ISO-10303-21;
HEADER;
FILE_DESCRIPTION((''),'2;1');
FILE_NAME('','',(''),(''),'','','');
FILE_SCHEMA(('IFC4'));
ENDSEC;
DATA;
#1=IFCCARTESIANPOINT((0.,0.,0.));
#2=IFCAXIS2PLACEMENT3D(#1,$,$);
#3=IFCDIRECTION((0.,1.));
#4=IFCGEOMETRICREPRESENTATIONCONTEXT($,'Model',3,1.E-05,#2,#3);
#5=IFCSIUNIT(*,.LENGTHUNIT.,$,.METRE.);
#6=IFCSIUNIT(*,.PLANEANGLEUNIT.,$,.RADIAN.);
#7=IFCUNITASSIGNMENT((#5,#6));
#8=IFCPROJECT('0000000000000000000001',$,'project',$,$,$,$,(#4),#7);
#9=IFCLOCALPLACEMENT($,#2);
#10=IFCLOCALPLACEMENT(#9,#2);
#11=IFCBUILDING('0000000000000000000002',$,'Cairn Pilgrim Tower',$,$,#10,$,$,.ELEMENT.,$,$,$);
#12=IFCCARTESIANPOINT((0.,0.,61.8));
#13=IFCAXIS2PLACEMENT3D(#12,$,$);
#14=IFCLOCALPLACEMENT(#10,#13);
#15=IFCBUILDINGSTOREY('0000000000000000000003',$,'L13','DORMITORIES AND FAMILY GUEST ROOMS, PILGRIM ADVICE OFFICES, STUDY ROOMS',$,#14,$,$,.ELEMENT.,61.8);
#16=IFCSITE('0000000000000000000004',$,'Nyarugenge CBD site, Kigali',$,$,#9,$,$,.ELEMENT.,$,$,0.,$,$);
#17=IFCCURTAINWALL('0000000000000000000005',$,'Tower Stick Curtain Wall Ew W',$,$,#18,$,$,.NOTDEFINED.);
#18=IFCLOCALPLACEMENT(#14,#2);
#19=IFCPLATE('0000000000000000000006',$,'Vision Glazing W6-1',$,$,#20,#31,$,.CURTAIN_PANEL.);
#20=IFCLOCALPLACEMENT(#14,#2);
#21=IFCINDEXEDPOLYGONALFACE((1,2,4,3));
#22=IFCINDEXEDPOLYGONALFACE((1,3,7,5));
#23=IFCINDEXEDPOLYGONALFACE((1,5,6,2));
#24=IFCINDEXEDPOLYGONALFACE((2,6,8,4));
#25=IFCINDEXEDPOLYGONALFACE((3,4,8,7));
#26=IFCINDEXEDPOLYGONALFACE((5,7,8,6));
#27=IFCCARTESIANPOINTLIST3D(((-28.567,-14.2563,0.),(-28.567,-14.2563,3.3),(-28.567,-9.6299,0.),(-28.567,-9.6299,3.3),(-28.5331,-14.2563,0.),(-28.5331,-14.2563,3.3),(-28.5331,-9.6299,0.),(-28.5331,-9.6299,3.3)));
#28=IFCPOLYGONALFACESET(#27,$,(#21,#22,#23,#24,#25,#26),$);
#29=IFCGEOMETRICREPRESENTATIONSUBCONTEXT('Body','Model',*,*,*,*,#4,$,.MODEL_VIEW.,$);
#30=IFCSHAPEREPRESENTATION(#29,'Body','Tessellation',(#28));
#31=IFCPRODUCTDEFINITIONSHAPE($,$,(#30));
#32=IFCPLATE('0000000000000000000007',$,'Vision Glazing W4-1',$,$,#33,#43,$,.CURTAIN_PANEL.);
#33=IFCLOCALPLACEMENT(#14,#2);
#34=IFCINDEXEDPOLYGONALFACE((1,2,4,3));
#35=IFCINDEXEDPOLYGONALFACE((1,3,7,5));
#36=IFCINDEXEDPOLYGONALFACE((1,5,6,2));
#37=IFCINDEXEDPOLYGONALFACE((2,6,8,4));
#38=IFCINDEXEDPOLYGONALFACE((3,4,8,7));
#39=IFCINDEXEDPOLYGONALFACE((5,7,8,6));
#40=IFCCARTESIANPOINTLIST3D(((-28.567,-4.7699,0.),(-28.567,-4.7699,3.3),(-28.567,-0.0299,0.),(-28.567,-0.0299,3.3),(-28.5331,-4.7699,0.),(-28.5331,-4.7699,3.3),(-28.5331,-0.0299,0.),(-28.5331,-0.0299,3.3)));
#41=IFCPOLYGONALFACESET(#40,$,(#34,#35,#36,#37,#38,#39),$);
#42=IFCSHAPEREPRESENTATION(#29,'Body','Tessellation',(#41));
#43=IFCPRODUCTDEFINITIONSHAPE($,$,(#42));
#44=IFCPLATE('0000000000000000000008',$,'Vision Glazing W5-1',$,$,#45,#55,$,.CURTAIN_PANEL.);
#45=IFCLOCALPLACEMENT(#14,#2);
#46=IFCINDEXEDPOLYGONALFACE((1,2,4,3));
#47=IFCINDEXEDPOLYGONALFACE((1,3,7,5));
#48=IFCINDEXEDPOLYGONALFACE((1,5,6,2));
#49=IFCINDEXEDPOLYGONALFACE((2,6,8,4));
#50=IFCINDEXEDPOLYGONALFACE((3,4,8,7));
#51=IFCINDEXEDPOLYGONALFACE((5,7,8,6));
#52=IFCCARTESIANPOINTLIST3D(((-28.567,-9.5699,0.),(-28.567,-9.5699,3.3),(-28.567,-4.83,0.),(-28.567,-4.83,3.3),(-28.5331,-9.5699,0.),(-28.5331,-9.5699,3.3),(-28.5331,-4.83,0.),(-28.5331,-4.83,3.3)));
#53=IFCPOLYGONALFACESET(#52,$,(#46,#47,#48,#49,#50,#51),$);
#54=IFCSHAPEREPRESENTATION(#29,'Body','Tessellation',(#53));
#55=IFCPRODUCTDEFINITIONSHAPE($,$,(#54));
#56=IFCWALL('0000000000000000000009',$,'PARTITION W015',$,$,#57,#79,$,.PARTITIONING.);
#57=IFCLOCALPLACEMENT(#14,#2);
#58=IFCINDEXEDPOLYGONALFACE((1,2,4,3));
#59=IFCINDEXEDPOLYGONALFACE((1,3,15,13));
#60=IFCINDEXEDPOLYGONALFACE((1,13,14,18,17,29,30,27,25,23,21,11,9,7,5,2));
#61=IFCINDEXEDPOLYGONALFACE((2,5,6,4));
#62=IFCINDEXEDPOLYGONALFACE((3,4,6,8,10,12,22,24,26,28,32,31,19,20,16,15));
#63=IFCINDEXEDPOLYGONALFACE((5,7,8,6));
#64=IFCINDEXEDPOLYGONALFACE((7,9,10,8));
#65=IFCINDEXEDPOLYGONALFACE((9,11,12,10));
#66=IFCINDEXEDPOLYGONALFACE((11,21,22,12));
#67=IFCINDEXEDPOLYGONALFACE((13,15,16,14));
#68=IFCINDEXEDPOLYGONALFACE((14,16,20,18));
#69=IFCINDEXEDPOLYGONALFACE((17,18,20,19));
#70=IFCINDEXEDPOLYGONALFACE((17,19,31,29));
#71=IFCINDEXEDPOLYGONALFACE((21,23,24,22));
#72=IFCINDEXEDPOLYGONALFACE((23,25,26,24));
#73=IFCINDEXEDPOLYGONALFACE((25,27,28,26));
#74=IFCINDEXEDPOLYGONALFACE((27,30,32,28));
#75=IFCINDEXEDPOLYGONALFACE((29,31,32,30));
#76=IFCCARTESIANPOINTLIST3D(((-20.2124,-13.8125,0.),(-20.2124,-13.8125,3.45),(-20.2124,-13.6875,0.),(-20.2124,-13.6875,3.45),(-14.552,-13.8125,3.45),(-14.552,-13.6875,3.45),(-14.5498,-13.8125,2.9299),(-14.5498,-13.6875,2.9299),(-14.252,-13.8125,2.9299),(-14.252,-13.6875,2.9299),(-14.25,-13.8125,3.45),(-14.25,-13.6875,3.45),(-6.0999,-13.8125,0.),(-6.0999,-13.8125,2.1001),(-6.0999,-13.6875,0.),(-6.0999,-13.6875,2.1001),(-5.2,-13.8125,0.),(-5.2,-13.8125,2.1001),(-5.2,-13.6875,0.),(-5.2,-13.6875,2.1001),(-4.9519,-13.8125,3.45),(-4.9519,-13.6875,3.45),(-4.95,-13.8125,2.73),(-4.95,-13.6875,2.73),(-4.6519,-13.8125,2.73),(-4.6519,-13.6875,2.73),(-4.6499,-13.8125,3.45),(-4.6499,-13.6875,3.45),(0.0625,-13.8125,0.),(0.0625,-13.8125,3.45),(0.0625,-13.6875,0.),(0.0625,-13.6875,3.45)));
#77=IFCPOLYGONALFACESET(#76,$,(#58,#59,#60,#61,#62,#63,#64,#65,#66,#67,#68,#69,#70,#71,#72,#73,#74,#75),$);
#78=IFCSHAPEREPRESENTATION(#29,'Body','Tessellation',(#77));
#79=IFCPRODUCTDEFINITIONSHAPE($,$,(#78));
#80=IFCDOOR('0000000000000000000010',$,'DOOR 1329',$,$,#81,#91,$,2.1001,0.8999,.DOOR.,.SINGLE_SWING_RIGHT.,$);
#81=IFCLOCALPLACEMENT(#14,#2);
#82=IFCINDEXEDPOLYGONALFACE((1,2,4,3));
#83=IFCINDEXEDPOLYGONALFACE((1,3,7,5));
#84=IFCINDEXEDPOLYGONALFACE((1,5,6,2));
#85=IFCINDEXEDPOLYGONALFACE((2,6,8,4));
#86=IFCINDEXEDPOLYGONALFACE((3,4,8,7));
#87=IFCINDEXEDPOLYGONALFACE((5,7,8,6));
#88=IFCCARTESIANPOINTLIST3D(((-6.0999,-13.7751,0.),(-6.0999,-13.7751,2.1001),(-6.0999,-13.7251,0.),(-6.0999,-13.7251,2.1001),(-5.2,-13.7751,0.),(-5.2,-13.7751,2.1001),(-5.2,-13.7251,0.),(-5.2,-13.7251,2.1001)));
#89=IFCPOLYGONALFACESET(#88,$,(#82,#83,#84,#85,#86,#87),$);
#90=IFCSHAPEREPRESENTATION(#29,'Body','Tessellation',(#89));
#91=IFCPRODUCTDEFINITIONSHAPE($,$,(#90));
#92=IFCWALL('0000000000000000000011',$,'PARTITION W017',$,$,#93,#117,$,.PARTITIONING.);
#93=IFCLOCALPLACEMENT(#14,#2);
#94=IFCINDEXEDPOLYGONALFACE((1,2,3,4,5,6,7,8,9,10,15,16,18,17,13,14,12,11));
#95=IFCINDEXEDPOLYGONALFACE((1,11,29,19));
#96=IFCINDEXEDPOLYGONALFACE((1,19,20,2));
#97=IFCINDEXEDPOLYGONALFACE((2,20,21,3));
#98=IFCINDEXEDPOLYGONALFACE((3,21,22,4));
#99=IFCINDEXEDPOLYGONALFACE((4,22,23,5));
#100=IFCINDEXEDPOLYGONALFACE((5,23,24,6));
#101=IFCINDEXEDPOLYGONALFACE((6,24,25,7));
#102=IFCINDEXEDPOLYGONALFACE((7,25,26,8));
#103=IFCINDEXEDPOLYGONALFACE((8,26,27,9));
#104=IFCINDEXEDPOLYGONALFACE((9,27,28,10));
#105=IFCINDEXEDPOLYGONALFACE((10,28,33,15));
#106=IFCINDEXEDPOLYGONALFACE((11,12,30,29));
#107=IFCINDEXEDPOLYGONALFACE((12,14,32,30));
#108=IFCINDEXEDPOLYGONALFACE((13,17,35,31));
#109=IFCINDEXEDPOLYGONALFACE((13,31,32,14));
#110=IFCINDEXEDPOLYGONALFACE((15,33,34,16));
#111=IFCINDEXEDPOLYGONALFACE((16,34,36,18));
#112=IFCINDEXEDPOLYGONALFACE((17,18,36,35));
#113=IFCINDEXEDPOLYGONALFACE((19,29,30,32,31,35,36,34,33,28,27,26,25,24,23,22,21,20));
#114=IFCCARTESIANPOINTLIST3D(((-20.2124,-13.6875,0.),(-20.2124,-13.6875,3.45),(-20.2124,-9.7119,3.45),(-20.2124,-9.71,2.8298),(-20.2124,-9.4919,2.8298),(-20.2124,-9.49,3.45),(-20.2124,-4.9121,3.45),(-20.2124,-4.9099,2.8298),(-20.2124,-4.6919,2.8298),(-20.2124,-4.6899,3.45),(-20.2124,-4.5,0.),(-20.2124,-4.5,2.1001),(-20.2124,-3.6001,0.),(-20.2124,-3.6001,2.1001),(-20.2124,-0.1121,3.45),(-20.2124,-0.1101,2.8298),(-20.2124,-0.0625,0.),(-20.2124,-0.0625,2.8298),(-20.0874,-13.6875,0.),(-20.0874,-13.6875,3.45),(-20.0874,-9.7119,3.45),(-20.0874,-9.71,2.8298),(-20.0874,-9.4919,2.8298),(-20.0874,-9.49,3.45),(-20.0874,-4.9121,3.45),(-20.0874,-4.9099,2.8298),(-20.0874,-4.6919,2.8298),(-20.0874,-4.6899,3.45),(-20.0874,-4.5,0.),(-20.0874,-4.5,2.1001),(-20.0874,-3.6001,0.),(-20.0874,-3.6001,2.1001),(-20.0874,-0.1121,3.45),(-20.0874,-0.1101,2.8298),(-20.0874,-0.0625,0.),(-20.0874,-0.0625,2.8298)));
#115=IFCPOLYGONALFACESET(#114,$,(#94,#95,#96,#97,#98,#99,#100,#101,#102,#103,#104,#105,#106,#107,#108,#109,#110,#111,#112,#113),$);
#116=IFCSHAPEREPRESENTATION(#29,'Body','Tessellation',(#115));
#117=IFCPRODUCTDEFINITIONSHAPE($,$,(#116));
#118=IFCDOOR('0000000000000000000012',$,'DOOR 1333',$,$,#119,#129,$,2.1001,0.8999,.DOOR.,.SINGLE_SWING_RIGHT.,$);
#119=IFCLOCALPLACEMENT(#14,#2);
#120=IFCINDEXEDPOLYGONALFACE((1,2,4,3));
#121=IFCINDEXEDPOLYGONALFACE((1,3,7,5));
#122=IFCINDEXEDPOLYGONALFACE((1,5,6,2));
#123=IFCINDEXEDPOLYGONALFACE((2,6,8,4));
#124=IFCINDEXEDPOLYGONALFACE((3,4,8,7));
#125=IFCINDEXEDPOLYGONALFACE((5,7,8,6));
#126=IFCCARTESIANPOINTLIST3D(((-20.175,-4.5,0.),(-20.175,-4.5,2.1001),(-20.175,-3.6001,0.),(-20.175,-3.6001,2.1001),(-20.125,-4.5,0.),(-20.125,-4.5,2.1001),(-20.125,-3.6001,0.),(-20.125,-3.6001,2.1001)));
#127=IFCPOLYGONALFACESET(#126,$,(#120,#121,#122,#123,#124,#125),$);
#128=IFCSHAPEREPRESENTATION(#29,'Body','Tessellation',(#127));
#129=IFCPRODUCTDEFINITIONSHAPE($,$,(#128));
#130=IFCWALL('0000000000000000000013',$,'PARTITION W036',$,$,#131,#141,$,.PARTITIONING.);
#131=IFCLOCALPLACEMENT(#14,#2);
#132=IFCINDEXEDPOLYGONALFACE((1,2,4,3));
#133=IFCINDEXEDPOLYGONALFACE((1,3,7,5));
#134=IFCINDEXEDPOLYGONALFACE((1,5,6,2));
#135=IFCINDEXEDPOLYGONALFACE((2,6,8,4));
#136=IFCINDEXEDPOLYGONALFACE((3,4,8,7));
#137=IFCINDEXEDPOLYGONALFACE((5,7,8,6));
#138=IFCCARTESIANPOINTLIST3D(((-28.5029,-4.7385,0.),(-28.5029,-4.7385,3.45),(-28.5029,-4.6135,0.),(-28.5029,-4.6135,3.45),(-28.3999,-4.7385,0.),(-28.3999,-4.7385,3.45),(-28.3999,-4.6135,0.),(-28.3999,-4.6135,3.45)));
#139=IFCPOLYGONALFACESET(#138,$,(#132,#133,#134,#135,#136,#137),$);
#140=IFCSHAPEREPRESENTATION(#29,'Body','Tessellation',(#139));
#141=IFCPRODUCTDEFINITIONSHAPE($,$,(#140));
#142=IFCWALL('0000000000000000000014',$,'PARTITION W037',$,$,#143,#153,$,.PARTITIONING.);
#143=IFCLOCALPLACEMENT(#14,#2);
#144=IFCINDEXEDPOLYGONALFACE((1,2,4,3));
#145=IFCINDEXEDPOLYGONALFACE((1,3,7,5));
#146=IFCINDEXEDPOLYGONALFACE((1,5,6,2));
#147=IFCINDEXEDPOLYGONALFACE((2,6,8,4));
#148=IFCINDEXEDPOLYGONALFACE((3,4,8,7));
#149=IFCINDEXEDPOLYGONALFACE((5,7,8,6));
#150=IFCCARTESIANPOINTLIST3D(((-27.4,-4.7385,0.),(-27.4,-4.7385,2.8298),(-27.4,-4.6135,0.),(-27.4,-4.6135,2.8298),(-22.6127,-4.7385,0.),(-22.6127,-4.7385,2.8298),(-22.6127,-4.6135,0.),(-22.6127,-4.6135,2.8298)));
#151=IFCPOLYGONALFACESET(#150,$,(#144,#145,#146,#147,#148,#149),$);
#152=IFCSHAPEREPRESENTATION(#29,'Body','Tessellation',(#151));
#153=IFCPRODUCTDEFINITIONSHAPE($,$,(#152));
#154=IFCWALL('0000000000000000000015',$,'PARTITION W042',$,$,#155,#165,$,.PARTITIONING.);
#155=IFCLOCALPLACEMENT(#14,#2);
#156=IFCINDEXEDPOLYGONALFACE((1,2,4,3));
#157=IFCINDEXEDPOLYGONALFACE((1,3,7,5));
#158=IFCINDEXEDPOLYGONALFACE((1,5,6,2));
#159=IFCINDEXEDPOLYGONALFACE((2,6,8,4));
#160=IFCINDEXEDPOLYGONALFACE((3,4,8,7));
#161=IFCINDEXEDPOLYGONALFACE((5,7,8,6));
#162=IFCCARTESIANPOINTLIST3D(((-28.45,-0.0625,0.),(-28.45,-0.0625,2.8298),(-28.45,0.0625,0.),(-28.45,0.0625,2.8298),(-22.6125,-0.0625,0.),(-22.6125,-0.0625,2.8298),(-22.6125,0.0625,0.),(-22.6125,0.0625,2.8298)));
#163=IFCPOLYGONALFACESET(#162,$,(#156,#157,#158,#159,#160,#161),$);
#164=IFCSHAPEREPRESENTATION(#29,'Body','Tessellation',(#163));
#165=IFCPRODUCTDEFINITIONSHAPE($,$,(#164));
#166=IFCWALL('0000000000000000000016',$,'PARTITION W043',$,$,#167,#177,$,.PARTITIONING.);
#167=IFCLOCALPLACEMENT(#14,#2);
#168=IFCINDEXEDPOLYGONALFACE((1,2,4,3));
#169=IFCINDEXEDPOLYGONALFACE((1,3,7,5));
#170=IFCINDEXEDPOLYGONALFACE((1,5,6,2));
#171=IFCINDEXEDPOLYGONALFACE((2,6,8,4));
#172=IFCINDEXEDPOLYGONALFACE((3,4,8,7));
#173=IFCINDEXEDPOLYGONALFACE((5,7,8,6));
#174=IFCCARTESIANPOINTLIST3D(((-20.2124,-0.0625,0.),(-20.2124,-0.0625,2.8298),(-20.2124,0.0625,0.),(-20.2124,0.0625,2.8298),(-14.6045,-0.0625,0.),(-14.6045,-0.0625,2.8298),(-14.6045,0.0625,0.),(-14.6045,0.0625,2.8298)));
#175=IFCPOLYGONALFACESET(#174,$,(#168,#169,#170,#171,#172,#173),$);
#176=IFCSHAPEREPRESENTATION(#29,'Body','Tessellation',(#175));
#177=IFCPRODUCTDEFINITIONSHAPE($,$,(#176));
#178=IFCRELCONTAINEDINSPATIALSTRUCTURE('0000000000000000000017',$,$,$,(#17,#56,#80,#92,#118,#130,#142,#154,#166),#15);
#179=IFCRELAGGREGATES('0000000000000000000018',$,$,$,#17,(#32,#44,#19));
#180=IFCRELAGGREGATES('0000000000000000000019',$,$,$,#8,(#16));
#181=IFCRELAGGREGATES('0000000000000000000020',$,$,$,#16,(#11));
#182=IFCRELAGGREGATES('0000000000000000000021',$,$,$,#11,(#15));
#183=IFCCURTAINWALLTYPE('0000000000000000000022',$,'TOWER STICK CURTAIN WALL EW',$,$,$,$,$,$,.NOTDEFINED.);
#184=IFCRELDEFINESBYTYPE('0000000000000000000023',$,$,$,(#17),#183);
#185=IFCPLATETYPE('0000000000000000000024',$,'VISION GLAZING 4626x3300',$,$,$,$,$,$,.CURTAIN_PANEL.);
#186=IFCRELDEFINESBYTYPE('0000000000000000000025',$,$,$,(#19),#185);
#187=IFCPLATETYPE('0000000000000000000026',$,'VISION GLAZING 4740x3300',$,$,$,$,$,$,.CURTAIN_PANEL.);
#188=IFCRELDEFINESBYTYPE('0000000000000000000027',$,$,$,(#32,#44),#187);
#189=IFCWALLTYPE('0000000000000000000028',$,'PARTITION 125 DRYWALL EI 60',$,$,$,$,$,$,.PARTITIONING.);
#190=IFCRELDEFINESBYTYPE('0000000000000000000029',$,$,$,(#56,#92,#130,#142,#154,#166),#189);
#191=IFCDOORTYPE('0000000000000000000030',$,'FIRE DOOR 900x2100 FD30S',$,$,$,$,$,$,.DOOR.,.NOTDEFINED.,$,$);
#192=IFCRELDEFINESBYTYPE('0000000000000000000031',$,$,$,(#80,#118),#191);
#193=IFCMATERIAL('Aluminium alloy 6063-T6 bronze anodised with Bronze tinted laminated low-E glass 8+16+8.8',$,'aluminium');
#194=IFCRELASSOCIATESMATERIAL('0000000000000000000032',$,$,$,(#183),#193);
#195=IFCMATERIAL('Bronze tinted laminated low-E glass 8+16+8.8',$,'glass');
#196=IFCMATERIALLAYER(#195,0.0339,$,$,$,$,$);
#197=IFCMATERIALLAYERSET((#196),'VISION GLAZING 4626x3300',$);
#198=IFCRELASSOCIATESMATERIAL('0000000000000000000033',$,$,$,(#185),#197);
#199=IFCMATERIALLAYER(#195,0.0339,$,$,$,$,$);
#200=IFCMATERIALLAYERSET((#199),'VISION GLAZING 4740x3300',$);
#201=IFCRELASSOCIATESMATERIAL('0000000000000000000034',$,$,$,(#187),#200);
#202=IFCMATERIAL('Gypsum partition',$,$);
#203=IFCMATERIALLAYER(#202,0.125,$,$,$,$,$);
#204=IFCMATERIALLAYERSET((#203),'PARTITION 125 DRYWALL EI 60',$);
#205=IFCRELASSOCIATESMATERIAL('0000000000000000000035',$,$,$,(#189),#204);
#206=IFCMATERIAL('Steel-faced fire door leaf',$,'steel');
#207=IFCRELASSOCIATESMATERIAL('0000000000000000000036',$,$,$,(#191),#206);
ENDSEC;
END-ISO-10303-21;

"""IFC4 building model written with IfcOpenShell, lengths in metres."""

from ifc_helpers import new_model, si_unit, direction, frame, frame_2d, origin, origin_2d, place, context, subcontext, project, spatial, polyline, rectangle, outline, extrude, material, layer, layer_set, type_object, element, fill, aggregate, save


model = new_model("IFC4")

# Units and contexts
model_context = context("Model", 3, precision=1e-05, world=origin(), true_north=direction((0.0, 1.0)))
body_context = subcontext(model_context, "Body", "Model", "MODEL_VIEW")
ifc_project = project(units=[si_unit("LENGTHUNIT", "METRE"), si_unit("PLANEANGLEUNIT", "RADIAN")], contexts=[model_context])

# Site, building, storey
site_placement = place(None, origin())
site = spatial("IfcSite", under=ifc_project, at=site_placement, Name="Nyarugenge CBD site, Kigali", CompositionType="ELEMENT", RefElevation=0.0)
building_placement = place(site_placement, origin())
building = spatial("IfcBuilding", under=site, at=building_placement, Name="Cairn Pilgrim Tower", CompositionType="ELEMENT")
storey_placement = place(building_placement, frame((0.0, 0.0, 61.8)))
storey = spatial("IfcBuildingStorey", under=building, at=storey_placement, Name="L13", Description="DORMITORIES AND FAMILY GUEST ROOMS, PILGRIM ADVICE OFFICES, STUDY ROOMS", CompositionType="ELEMENT", Elevation=61.8)

# Curtain wall
ifc_material_1 = material(Name="Aluminium alloy 6063-T6 bronze anodised with Bronze tinted laminated low-E glass 8+16+8.8", Category="aluminium")
curtain_wall_type_1 = type_object("IfcCurtainWallType", Name="TOWER STICK CURTAIN WALL EW", PredefinedType="NOTDEFINED", material=ifc_material_1)
curtain_wall_1_placement = place(storey_placement, origin())
curtain_wall_1 = element("IfcCurtainWall", 1, at=curtain_wall_1_placement, inside=storey, type_object=curtain_wall_type_1, Name="Tower Stick Curtain Wall Ew W", PredefinedType="NOTDEFINED")

# Plates
ifc_material_2 = material(Name="Bronze tinted laminated low-E glass 8+16+8.8", Category="glass")
ifc_layer_1 = layer(ifc_material_2, 0.0339)
ifc_layer_set_1 = layer_set([ifc_layer_1], Name="VISION GLAZING 4626x3300")
plate_type_1 = type_object("IfcPlateType", Name="VISION GLAZING 4626x3300", PredefinedType="CURTAIN_PANEL", material=ifc_layer_set_1)
plate_1_placement = place(storey_placement, frame((-28.55, -11.9431, 0.0), z_axis=(0.0, 0.0, 1.0), x_axis=(0.0, -1.0, 0.0)))
plate_1 = element("IfcPlate", 2, at=plate_1_placement, type_object=plate_type_1, Name="Vision Glazing W6-1", PredefinedType="CURTAIN_PANEL", context=body_context, shape_type="SweptSolid", body=[
    extrude(rectangle(XDim=4.6265, YDim=0.0339, at=origin_2d()), origin(), (0.0, 0.0, 1.0), 3.3),
])
ifc_layer_2 = layer(ifc_material_2, 0.0339)
ifc_layer_set_2 = layer_set([ifc_layer_2], Name="VISION GLAZING 4740x3300")
plate_type_2 = type_object("IfcPlateType", Name="VISION GLAZING 4740x3300", PredefinedType="CURTAIN_PANEL", material=ifc_layer_set_2)
plate_2_placement = place(storey_placement, frame((-28.55, -2.3999, 0.0), z_axis=(0.0, 0.0, 1.0), x_axis=(0.0, -1.0, 0.0)))
plate_2 = element("IfcPlate", 3, at=plate_2_placement, type_object=plate_type_2, Name="Vision Glazing W4-1", PredefinedType="CURTAIN_PANEL", context=body_context, shape_type="SweptSolid", body=[
    extrude(rectangle(XDim=4.74, YDim=0.0339, at=origin_2d()), origin(), (0.0, 0.0, 1.0), 3.3),
])
plate_3_placement = place(storey_placement, frame((-28.55, -7.2, 0.0), z_axis=(0.0, 0.0, 1.0), x_axis=(0.0, -1.0, 0.0)))
plate_3 = element("IfcPlate", 4, at=plate_3_placement, type_object=plate_type_2, Name="Vision Glazing W5-1", PredefinedType="CURTAIN_PANEL", context=body_context, shape_type="SweptSolid", body=[
    extrude(rectangle(XDim=4.74, YDim=0.0339, at=origin_2d()), origin(), (0.0, 0.0, 1.0), 3.3),
])
aggregate(curtain_wall_1, [plate_2, plate_3, plate_1])

# Walls, openings, doors
ifc_material_3 = material(Name="Gypsum partition")
ifc_layer_3 = layer(ifc_material_3, 0.125)
ifc_layer_set_3 = layer_set([ifc_layer_3], Name="PARTITION 125 DRYWALL EI 60")
wall_type_1 = type_object("IfcWallType", Name="PARTITION 125 DRYWALL EI 60", PredefinedType="PARTITIONING", material=ifc_layer_set_3)
wall_1_placement = place(storey_placement, frame((-20.2124, -13.75, 0.0), z_axis=(0.0, 0.0, 1.0), x_axis=(1.0, 0.0, 0.0)))
wall_1 = element("IfcWall", 5, at=wall_1_placement, inside=storey, type_object=wall_type_1, Name="PARTITION W015", PredefinedType="PARTITIONING", context=body_context, shape_type="SweptSolid", body=[
    extrude(outline(polyline([(0.0, 0.0), (20.2749, 0.0), (20.2749, 3.45), (15.5625, 3.45), (15.5605, 2.73), (15.2625, 2.73), (15.2605, 3.45), (5.9624, 3.45), (5.9604, 2.9299), (5.6626, 2.9299), (5.6604, 3.45), (0.0, 3.45), (0.0, 0.0)])), frame((0.0, 0.0625, 0.0), z_axis=(0.0, -1.0, 0.0), x_axis=(1.0, 0.0, 0.0)), (0.0, 0.0, 1.0), 0.125),
])
opening_1_placement = place(wall_1_placement, frame((14.1125, 0.0, 0.0)))
opening_1 = element("IfcOpeningElement", 6, at=opening_1_placement, cuts=wall_1, PredefinedType="OPENING", context=body_context, shape_type="SweptSolid", body=[
    extrude(rectangle(XDim=0.8999, YDim=2.1001, at=frame_2d((0.45, 1.05))), frame((0.0, 0.0725, 0.0), z_axis=(0.0, -1.0, 0.0), x_axis=(1.0, 0.0, 0.0)), (0.0, 0.0, 1.0), 0.145),
])
ifc_material_4 = material(Name="Steel-faced fire door leaf", Category="steel")
door_type = type_object("IfcDoorType", Name="FIRE DOOR 900x2100 FD30S", OperationType="NOTDEFINED", PredefinedType="DOOR", material=ifc_material_4)
door_1_placement = place(opening_1_placement, origin())
door_1 = element("IfcDoor", 7, at=door_1_placement, inside=storey, type_object=door_type, Name="DOOR 1329", OperationType="SINGLE_SWING_RIGHT", OverallHeight=2.1001, OverallWidth=0.8999, PredefinedType="DOOR", context=body_context, shape_type="SweptSolid", body=[
    extrude(rectangle(XDim=0.8999, YDim=2.1001, at=frame_2d((0.45, 1.05))), frame((0.0, 0.0249, 0.0), z_axis=(0.0, -1.0, 0.0), x_axis=(1.0, 0.0, 0.0)), (0.0, 0.0, 1.0), 0.05),
])
fill(opening_1, door_1)
wall_2_placement = place(storey_placement, frame((-20.1499, -13.6875, 0.0), z_axis=(0.0, 0.0, 1.0), x_axis=(0.0, 1.0, 0.0)))
wall_2 = element("IfcWall", 8, at=wall_2_placement, inside=storey, type_object=wall_type_1, Name="PARTITION W017", PredefinedType="PARTITIONING", context=body_context, shape_type="SweptSolid", body=[
    extrude(outline(polyline([(0.0, 0.0), (13.625, 0.0), (13.625, 2.8298), (13.5774, 2.8298), (13.5754, 3.45), (8.9976, 3.45), (8.9956, 2.8298), (8.7776, 2.8298), (8.7754, 3.45), (4.1975, 3.45), (4.1956, 2.8298), (3.9775, 2.8298), (3.9756, 3.45), (0.0, 3.45), (0.0, 0.0)])), frame((0.0, 0.0625, 0.0), z_axis=(0.0, -1.0, 0.0), x_axis=(1.0, 0.0, 0.0)), (0.0, 0.0, 1.0), 0.125),
])
opening_2_placement = place(wall_2_placement, frame((9.1875, 0.0, 0.0)))
opening_2 = element("IfcOpeningElement", 9, at=opening_2_placement, cuts=wall_2, PredefinedType="OPENING", context=body_context, shape_type="SweptSolid", body=[
    extrude(rectangle(XDim=0.8999, YDim=2.1001, at=frame_2d((0.45, 1.05))), frame((0.0, 0.0725, 0.0), z_axis=(0.0, -1.0, 0.0), x_axis=(1.0, 0.0, 0.0)), (0.0, 0.0, 1.0), 0.145),
])
door_2_placement = place(opening_2_placement, frame((0.8999, 0.0, 0.0), z_axis=(0.0, 0.0, 1.0), x_axis=(-1.0, 0.0, 0.0)))
door_2 = element("IfcDoor", 10, at=door_2_placement, inside=storey, type_object=door_type, Name="DOOR 1333", OperationType="SINGLE_SWING_RIGHT", OverallHeight=2.1001, OverallWidth=0.8999, PredefinedType="DOOR", context=body_context, shape_type="SweptSolid", body=[
    extrude(rectangle(XDim=0.8999, YDim=2.1001, at=frame_2d((0.45, 1.05))), frame((0.0, 0.0249, 0.0), z_axis=(0.0, -1.0, 0.0), x_axis=(1.0, 0.0, 0.0)), (0.0, 0.0, 1.0), 0.05),
])
fill(opening_2, door_2)

# Walls
wall_3_placement = place(storey_placement, frame((-28.5029, -4.676, 0.0), z_axis=(0.0, 0.0, 1.0), x_axis=(1.0, 0.0, 0.0)))
element("IfcWall", 11, at=wall_3_placement, inside=storey, type_object=wall_type_1, Name="PARTITION W036", PredefinedType="PARTITIONING", context=body_context, shape_type="SweptSolid", body=[
    extrude(rectangle(XDim=0.103, YDim=0.125, at=frame_2d((0.0515, 0.0))), origin(), (0.0, 0.0, 1.0), 3.45),
])
wall_4_placement = place(storey_placement, frame((-27.3999, -4.676, 0.0), z_axis=(0.0, 0.0, 1.0), x_axis=(1.0, 0.0, 0.0)))
element("IfcWall", 12, at=wall_4_placement, inside=storey, type_object=wall_type_1, Name="PARTITION W037", PredefinedType="PARTITIONING", context=body_context, shape_type="SweptSolid", body=[
    extrude(rectangle(XDim=4.7874, YDim=0.125, at=frame_2d((2.3936, 0.0))), origin(), (0.0, 0.0, 1.0), 2.8298),
])
wall_5_placement = place(storey_placement, frame((-28.45, 0.0, 0.0), z_axis=(0.0, 0.0, 1.0), x_axis=(1.0, 0.0, 0.0)))
element("IfcWall", 13, at=wall_5_placement, inside=storey, type_object=wall_type_1, Name="PARTITION W042", PredefinedType="PARTITIONING", context=body_context, shape_type="SweptSolid", body=[
    extrude(rectangle(XDim=5.8374, YDim=0.125, at=frame_2d((2.9187, 0.0))), origin(), (0.0, 0.0, 1.0), 2.8298),
])
wall_6_placement = place(storey_placement, frame((-20.2124, 0.0, 0.0), z_axis=(0.0, 0.0, 1.0), x_axis=(1.0, 0.0, 0.0)))
element("IfcWall", 14, at=wall_6_placement, inside=storey, type_object=wall_type_1, Name="PARTITION W043", PredefinedType="PARTITIONING", context=body_context, shape_type="SweptSolid", body=[
    extrude(rectangle(XDim=5.6079, YDim=0.125, at=frame_2d((2.804, 0.0))), origin(), (0.0, 0.0, 1.0), 2.8298),
])

save(model, "model.ifc")
